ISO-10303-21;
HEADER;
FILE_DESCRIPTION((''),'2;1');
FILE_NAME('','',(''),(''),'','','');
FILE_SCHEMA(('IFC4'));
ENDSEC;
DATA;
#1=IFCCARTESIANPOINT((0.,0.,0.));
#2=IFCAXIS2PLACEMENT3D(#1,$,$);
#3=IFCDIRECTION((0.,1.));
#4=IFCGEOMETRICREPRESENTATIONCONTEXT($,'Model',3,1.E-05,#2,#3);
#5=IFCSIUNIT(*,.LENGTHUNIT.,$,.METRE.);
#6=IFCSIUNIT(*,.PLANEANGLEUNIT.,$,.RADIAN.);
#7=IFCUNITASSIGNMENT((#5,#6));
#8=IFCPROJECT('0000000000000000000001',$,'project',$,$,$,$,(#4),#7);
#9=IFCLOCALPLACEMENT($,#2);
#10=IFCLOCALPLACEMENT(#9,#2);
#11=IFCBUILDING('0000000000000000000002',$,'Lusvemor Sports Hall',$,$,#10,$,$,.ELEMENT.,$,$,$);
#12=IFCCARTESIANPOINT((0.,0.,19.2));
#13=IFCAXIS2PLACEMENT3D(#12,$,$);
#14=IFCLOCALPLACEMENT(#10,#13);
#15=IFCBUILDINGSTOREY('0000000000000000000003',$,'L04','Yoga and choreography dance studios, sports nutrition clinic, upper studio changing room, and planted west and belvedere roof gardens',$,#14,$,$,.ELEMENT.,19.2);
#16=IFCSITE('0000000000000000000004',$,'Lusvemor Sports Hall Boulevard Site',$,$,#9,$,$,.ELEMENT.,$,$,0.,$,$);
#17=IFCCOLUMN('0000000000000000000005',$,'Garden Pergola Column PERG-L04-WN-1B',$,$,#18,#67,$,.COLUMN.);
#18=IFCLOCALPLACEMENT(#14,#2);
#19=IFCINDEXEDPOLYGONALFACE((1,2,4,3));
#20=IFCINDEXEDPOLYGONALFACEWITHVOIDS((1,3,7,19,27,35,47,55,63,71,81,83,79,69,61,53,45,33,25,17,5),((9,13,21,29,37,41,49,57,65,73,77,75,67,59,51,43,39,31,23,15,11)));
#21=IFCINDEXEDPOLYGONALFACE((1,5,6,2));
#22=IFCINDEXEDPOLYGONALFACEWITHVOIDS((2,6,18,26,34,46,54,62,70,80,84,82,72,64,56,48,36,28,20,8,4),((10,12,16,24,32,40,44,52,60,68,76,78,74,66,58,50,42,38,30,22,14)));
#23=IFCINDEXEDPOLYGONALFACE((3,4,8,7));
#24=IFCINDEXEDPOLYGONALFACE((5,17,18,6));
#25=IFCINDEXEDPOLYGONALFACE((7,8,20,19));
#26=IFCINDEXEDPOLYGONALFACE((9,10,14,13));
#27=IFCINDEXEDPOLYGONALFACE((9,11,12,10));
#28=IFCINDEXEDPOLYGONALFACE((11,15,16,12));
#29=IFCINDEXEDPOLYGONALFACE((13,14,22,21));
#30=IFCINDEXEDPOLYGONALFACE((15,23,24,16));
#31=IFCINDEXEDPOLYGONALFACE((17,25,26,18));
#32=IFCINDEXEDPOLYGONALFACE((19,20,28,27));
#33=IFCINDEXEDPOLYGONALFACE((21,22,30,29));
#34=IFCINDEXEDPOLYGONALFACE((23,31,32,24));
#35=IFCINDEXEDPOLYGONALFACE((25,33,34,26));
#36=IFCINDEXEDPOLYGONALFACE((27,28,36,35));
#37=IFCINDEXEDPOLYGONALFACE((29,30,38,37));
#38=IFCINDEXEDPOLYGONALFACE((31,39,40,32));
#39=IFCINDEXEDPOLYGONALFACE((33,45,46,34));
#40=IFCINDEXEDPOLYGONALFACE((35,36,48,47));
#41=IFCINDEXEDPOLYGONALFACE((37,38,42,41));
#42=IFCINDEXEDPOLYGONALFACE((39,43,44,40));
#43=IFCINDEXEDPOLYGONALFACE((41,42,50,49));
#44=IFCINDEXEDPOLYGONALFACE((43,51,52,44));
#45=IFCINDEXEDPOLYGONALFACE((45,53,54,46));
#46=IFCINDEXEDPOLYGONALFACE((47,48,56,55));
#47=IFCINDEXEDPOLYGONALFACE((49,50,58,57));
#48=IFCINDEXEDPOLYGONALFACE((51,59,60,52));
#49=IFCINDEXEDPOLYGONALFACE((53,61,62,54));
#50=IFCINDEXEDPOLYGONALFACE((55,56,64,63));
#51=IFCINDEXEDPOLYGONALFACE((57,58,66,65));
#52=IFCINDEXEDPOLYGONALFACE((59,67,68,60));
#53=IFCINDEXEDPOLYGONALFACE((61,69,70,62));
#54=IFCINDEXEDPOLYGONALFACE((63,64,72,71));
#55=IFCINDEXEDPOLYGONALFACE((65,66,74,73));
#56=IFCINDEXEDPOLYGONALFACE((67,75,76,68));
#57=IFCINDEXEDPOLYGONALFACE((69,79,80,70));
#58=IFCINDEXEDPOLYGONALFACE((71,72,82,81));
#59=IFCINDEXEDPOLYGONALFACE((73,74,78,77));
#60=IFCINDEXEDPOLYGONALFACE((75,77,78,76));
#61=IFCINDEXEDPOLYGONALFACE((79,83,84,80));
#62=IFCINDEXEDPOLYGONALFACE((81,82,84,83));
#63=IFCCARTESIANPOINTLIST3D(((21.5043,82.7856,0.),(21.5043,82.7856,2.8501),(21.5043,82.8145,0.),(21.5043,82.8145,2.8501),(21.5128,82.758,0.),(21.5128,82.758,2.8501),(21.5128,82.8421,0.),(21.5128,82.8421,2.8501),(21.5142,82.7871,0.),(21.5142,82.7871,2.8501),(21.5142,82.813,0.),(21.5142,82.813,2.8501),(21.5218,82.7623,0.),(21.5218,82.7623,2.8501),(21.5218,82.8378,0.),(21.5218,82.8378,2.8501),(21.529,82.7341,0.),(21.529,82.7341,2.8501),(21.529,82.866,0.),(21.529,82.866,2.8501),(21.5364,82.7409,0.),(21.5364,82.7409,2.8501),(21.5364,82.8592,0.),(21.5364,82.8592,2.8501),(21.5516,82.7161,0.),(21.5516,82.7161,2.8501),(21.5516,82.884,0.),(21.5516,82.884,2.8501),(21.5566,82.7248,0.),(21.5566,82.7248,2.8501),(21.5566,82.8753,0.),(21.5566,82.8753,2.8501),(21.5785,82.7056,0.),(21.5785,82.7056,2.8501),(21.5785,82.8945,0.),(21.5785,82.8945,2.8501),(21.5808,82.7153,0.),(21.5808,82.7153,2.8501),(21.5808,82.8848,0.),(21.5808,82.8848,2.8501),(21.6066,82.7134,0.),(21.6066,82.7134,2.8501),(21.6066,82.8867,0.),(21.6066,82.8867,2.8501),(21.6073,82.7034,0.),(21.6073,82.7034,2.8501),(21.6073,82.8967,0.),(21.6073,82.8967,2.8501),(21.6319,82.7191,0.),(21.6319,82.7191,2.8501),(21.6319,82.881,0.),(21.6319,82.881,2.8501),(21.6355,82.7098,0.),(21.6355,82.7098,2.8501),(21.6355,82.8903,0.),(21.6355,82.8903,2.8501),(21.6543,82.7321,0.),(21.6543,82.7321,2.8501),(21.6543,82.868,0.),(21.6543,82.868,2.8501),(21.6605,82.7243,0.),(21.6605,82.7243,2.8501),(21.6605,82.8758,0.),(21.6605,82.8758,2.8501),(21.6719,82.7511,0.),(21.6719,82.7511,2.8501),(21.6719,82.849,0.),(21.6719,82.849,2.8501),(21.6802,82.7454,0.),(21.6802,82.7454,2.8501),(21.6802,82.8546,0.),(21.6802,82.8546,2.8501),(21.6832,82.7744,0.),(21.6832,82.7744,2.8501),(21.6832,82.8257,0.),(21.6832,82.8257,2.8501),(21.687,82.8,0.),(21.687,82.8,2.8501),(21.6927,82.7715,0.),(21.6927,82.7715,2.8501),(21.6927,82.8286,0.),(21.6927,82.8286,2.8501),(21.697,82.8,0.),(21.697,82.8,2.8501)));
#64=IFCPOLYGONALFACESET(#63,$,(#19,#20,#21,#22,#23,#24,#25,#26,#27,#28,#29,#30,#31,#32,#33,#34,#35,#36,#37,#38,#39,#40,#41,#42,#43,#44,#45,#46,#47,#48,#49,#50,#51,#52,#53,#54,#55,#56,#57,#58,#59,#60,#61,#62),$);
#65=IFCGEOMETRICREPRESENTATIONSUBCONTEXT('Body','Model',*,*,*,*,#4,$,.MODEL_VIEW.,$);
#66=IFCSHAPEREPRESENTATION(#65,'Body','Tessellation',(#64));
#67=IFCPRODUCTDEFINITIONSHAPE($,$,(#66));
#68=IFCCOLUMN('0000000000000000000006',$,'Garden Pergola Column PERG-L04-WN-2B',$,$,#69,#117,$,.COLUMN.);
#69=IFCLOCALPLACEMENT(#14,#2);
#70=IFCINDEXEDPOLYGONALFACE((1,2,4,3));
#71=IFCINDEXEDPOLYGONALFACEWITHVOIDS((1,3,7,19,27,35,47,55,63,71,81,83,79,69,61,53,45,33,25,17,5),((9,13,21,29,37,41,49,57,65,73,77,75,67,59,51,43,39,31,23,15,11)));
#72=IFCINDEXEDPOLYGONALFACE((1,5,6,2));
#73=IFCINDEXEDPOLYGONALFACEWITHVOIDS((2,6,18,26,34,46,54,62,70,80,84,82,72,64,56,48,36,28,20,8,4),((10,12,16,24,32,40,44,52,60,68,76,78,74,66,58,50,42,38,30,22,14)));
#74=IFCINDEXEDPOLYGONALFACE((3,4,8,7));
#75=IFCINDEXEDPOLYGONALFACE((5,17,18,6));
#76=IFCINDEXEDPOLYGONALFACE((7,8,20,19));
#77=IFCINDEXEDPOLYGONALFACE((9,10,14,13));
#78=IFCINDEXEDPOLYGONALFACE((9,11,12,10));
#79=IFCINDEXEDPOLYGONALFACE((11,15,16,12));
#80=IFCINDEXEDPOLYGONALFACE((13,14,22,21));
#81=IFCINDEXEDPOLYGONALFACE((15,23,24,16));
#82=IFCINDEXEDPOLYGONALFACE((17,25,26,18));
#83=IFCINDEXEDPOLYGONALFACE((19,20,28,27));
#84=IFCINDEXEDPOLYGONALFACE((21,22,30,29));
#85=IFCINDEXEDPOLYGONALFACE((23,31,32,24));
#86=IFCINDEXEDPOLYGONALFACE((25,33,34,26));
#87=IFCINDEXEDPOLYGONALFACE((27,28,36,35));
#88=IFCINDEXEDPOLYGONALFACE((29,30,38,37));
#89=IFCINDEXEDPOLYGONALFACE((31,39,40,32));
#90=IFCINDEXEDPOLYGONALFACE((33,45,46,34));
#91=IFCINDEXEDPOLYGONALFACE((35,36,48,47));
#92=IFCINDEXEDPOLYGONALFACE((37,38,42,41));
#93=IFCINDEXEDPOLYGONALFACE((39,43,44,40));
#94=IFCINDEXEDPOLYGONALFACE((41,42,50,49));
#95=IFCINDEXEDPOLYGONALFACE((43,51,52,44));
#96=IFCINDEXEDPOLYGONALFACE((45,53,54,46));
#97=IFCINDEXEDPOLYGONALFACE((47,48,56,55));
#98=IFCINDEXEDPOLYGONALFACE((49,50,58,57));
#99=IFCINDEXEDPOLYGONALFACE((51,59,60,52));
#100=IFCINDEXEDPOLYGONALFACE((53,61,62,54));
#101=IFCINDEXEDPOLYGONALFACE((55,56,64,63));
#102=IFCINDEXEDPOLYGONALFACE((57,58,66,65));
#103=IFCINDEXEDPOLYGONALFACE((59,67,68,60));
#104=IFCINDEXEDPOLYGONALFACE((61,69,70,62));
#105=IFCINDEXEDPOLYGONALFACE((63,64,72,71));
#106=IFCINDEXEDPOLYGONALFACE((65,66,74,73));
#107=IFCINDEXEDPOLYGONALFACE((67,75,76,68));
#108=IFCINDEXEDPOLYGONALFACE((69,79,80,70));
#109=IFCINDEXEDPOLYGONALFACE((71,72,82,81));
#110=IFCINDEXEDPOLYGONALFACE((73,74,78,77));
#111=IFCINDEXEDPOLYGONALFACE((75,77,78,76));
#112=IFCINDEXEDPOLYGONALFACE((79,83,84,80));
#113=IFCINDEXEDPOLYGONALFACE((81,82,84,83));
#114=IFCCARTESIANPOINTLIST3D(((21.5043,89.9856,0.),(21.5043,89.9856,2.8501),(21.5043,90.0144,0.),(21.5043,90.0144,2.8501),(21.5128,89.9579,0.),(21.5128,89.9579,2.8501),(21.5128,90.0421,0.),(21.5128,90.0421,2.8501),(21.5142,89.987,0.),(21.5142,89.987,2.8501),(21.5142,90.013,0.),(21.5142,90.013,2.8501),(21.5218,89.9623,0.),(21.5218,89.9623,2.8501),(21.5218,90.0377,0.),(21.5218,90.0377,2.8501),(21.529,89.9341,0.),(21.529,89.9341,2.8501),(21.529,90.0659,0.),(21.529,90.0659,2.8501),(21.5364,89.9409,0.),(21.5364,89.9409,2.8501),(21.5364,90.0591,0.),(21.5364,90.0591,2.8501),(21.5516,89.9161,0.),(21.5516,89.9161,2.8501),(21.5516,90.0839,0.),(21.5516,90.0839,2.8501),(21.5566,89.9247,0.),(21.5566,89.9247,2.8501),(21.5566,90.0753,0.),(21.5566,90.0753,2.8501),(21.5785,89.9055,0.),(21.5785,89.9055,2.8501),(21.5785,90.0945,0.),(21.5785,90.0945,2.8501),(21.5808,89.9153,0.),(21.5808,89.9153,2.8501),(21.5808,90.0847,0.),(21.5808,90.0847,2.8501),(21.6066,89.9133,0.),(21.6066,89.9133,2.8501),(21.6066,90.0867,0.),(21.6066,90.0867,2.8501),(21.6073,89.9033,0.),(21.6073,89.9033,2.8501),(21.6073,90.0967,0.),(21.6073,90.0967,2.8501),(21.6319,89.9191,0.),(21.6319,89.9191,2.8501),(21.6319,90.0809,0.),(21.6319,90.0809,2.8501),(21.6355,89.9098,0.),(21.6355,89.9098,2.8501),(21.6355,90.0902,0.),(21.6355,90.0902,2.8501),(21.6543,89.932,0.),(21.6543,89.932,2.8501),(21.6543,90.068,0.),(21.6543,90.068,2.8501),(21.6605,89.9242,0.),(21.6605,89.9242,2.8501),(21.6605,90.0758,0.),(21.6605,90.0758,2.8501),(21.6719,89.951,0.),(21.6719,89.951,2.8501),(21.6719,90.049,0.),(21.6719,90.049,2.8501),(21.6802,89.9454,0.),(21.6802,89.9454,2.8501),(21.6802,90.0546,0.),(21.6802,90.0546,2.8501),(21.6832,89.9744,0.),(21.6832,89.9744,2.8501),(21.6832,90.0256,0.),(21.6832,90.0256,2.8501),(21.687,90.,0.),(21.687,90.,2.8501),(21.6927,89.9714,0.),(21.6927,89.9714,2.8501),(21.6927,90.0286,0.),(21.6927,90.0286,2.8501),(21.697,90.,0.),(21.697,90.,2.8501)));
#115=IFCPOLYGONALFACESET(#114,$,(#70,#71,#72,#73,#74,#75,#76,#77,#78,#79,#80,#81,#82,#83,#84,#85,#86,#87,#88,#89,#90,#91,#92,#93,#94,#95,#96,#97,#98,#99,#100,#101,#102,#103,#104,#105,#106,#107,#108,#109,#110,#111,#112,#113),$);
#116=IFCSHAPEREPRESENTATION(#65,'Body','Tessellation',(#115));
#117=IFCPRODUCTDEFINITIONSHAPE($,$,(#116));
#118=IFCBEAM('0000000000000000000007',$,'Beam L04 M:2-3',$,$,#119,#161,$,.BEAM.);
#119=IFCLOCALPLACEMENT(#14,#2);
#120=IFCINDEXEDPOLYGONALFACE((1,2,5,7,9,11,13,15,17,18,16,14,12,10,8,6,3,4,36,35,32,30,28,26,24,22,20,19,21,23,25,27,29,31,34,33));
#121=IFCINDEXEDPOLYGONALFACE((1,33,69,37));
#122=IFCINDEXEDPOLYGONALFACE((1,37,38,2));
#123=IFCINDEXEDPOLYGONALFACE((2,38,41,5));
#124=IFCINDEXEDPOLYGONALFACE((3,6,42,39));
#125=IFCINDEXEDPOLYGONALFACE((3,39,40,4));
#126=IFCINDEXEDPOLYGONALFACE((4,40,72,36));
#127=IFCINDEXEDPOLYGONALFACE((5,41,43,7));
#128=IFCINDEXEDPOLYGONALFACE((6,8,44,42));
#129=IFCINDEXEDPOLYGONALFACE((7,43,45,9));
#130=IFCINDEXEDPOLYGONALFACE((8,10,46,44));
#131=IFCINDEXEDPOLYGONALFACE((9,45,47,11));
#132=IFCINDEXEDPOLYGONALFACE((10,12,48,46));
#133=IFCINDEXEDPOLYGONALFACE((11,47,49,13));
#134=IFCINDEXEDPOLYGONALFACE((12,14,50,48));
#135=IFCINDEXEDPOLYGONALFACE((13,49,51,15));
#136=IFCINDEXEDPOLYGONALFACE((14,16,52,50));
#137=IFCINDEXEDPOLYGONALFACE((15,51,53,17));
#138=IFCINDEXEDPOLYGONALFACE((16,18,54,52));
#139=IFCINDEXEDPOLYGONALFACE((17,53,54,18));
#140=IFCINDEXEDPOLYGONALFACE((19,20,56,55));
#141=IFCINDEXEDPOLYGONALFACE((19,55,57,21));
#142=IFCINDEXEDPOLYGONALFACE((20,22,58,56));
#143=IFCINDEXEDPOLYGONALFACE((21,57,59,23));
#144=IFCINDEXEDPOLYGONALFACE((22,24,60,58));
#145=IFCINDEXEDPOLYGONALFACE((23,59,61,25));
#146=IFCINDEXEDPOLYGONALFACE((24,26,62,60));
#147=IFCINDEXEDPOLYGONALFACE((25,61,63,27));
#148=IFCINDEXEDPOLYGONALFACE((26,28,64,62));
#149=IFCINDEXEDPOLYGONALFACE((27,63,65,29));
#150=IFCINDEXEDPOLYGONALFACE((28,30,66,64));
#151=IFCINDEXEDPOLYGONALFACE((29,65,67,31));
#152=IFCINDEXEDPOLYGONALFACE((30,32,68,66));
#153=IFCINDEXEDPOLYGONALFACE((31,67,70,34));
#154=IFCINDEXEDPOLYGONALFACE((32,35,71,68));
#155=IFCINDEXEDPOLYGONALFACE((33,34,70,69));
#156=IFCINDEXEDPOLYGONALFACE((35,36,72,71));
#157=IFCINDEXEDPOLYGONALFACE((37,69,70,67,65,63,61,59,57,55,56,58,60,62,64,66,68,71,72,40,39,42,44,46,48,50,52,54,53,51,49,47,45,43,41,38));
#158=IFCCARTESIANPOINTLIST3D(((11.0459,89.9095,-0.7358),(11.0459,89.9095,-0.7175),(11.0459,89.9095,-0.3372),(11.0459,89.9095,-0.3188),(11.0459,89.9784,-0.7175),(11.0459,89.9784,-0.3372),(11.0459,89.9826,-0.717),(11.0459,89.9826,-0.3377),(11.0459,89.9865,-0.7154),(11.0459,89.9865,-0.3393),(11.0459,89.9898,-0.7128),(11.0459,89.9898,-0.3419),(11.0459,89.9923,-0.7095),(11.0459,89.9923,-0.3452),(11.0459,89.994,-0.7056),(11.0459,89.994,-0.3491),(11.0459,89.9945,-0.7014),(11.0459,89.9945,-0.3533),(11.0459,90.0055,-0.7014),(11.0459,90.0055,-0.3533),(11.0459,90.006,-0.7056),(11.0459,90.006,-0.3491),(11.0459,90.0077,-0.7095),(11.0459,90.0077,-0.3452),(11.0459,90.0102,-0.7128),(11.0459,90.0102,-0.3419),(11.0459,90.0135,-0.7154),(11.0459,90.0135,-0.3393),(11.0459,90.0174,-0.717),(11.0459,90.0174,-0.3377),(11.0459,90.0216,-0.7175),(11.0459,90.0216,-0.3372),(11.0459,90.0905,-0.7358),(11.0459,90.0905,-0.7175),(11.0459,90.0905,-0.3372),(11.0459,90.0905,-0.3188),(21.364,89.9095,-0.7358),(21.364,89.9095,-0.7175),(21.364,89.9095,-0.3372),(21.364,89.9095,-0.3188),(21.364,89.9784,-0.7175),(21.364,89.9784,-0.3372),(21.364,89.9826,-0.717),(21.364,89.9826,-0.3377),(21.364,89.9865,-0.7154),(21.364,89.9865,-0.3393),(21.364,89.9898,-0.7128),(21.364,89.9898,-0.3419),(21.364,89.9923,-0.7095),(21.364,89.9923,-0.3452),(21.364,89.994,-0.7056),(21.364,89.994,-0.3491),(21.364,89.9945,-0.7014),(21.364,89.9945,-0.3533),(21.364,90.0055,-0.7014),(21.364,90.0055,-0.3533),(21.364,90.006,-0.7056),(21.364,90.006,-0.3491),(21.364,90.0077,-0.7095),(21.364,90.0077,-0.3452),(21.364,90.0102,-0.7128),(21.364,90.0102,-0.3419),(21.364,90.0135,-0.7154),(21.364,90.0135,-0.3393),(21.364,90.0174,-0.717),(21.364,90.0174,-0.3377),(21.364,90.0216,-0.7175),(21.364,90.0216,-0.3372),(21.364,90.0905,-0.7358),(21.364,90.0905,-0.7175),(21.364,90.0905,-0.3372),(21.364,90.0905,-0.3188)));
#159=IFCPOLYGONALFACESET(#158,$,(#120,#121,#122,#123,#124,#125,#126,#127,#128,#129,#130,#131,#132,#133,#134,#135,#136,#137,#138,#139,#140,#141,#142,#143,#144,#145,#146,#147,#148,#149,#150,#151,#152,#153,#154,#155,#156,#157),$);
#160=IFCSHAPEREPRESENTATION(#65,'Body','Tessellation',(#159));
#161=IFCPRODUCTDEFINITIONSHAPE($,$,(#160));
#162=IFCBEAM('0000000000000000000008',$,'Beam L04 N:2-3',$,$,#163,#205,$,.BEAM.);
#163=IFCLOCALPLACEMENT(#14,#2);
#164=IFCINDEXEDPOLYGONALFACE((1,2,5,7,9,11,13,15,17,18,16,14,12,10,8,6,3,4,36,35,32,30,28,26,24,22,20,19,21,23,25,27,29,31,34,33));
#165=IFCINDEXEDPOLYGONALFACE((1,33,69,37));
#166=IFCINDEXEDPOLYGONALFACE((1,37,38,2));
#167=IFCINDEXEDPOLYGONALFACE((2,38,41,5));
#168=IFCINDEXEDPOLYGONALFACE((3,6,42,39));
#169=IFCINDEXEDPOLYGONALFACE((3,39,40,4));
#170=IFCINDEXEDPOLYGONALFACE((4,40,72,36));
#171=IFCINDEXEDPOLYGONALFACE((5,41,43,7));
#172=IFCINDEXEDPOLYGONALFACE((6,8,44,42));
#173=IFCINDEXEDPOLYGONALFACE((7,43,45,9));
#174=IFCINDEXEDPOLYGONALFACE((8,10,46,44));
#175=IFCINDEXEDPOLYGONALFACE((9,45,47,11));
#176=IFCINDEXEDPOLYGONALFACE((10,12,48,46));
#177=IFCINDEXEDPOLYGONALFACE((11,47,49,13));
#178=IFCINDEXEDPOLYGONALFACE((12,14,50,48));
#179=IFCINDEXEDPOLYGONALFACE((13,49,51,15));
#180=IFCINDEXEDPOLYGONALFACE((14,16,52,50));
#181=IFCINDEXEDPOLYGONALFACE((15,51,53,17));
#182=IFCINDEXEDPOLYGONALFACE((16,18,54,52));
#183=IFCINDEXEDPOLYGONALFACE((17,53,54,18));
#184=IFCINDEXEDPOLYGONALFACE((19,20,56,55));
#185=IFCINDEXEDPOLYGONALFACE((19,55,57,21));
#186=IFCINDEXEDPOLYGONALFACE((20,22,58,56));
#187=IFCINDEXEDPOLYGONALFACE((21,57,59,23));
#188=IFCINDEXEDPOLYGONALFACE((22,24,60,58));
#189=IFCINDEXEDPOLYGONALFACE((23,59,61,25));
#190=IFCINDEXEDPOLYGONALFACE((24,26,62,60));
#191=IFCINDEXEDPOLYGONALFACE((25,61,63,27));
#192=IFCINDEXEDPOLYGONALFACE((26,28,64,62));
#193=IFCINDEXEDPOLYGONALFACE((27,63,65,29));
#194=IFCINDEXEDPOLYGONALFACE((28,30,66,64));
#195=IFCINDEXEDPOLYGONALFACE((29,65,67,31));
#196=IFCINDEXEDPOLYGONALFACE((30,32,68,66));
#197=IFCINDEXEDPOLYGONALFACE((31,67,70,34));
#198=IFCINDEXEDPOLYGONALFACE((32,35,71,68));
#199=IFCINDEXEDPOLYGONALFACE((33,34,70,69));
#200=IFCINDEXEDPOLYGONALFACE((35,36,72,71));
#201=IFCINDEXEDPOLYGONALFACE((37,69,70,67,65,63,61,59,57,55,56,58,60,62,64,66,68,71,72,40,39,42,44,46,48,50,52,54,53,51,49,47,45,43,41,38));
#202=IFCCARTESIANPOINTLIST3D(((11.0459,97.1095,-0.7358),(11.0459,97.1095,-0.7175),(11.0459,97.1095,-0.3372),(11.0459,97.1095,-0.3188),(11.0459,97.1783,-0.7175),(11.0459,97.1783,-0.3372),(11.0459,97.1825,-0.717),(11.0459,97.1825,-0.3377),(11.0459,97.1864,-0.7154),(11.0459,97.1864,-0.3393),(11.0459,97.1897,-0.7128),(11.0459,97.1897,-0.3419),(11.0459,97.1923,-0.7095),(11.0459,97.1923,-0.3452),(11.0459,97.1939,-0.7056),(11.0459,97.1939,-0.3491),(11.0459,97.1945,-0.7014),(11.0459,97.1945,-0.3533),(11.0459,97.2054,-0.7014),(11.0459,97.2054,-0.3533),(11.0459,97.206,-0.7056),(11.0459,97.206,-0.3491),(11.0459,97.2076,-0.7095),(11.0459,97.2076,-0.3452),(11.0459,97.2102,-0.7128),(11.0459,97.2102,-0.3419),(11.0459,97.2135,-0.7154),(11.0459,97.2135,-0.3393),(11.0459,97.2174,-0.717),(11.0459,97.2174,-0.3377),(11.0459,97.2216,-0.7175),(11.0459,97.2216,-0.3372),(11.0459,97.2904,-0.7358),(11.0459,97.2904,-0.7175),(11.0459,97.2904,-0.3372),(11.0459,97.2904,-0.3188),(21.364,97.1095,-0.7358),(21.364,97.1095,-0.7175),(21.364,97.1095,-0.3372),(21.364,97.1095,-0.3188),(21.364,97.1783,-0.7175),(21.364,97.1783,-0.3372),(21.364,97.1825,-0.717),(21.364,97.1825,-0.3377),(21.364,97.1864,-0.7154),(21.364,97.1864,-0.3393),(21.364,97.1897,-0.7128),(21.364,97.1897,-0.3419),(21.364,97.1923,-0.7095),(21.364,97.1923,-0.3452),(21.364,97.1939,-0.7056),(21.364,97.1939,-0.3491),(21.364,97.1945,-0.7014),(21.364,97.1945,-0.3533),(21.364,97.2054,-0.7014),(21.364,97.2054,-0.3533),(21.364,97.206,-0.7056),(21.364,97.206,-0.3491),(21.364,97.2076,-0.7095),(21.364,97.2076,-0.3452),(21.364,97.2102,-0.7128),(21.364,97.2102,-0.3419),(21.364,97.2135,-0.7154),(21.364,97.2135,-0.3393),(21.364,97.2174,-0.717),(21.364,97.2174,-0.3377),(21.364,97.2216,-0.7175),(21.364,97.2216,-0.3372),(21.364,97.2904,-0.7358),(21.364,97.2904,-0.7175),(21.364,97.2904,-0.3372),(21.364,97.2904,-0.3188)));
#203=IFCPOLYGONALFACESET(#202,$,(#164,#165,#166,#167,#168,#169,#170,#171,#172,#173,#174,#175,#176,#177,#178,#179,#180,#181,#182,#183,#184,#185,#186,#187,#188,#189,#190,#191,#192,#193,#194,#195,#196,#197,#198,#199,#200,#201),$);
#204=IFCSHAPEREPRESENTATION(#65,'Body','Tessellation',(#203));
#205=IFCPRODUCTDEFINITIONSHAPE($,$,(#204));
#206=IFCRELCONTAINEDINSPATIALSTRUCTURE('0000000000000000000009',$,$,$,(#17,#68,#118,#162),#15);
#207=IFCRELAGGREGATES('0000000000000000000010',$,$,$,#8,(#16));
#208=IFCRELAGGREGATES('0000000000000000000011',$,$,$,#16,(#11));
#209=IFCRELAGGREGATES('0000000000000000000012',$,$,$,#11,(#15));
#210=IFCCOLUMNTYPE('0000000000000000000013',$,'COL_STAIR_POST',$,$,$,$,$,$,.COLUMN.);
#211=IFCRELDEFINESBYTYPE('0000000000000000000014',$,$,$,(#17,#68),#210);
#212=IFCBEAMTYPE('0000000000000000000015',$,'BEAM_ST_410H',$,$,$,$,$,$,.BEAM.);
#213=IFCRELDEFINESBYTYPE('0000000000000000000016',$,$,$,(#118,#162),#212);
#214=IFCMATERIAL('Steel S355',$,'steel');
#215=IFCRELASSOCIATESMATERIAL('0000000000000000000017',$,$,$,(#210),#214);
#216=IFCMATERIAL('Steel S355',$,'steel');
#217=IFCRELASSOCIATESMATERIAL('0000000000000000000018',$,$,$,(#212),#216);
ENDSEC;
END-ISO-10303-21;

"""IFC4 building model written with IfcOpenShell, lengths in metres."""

from ifc_helpers import new_model, si_unit, direction, frame, origin, origin_2d, place, context, subcontext, project, spatial, hollow_circle, i_section, extrude, material, material_profile, profile_set, type_object, element, save


model = new_model("IFC4")

# Units and contexts
model_context = context("Model", 3, precision=1e-05, world=origin(), true_north=direction((0.0, 1.0)))
body_context = subcontext(model_context, "Body", "Model", "MODEL_VIEW")
ifc_project = project(units=[si_unit("LENGTHUNIT", "METRE"), si_unit("PLANEANGLEUNIT", "RADIAN")], contexts=[model_context])

# Site, building, storey
site_placement = place(None, origin())
site = spatial("IfcSite", under=ifc_project, at=site_placement, Name="Lusvemor Sports Hall Boulevard Site", CompositionType="ELEMENT", RefElevation=0.0)
building_placement = place(site_placement, origin())
building = spatial("IfcBuilding", under=site, at=building_placement, Name="Lusvemor Sports Hall", CompositionType="ELEMENT")
storey_placement = place(building_placement, frame((0.0, 0.0, 19.2)))
storey = spatial("IfcBuildingStorey", under=building, at=storey_placement, Name="L04", Description="Yoga and choreography dance studios, sports nutrition clinic, upper studio changing room, and planted west and belvedere roof gardens", CompositionType="ELEMENT", Elevation=19.2)

# Columns
ifc_material_1 = material(Name="Steel S355", Category="steel")
ifc_material_profile_1 = material_profile(ifc_material_1, hollow_circle(Radius=0.0969, WallThickness=0.01, at=origin_2d()), Name="CHS193.7x10.0")
ifc_profile_set_1 = profile_set([ifc_material_profile_1], Name="Steel S355")
column_type = type_object("IfcColumnType", Name="COL_STAIR_POST", PredefinedType="COLUMN", material=ifc_profile_set_1)
for number, where, z_axis, x_axis, name in (
    (1, (21.6001, 82.8, 0.0), (0.0, 0.0, 1.0), (1.0, 0.0, 0.0), "Garden Pergola Column PERG-L04-WN-1B"),
    (2, (21.6001, 90.0, 0.0), (0.0, 0.0, 1.0), (1.0, 0.0, 0.0), "Garden Pergola Column PERG-L04-WN-2B"),
):
    element("IfcColumn", number, at=place(storey_placement, frame(where, z_axis=z_axis, x_axis=x_axis)), inside=storey, type_object=column_type, Name=name, PredefinedType="COLUMN", context=body_context, shape_type="SweptSolid", body=[
        extrude(hollow_circle(Radius=0.0969, WallThickness=0.01, at=origin_2d()), origin(), (0.0, 0.0, 1.0), 2.8501),
    ])

# Beams
ifc_material_2 = material(Name="Steel S355", Category="steel")
ifc_material_profile_2 = material_profile(ifc_material_2, i_section(OverallWidth=0.1809, OverallDepth=0.417, WebThickness=0.011, FlangeThickness=0.0183, FilletRadius=0.0161, at=origin_2d()), Name="W410x85.0")
ifc_profile_set_2 = profile_set([ifc_material_profile_2], Name="Steel S355")
beam_type_1 = type_object("IfcBeamType", Name="BEAM_ST_410H", PredefinedType="BEAM", material=ifc_profile_set_2)
for number, where, z_axis, x_axis, name in (
    (3, (11.0459, 90.0, -0.5273), (1.0, 0.0, 0.0), (0.0, 1.0, 0.0), "Beam L04 M:2-3"),
    (4, (11.0459, 97.2, -0.5273), (1.0, 0.0, 0.0), (0.0, 1.0, 0.0), "Beam L04 N:2-3"),
):
    element("IfcBeam", number, at=place(storey_placement, frame(where, z_axis=z_axis, x_axis=x_axis)), inside=storey, type_object=beam_type_1, Name=name, PredefinedType="BEAM", context=body_context, shape_type="SweptSolid", body=[
        extrude(i_section(OverallWidth=0.1809, OverallDepth=0.417, WebThickness=0.011, FlangeThickness=0.0183, FilletRadius=0.0161, at=origin_2d()), origin(), (0.0, 0.0, 1.0), 10.3181),
    ])

save(model, "model.ifc")
